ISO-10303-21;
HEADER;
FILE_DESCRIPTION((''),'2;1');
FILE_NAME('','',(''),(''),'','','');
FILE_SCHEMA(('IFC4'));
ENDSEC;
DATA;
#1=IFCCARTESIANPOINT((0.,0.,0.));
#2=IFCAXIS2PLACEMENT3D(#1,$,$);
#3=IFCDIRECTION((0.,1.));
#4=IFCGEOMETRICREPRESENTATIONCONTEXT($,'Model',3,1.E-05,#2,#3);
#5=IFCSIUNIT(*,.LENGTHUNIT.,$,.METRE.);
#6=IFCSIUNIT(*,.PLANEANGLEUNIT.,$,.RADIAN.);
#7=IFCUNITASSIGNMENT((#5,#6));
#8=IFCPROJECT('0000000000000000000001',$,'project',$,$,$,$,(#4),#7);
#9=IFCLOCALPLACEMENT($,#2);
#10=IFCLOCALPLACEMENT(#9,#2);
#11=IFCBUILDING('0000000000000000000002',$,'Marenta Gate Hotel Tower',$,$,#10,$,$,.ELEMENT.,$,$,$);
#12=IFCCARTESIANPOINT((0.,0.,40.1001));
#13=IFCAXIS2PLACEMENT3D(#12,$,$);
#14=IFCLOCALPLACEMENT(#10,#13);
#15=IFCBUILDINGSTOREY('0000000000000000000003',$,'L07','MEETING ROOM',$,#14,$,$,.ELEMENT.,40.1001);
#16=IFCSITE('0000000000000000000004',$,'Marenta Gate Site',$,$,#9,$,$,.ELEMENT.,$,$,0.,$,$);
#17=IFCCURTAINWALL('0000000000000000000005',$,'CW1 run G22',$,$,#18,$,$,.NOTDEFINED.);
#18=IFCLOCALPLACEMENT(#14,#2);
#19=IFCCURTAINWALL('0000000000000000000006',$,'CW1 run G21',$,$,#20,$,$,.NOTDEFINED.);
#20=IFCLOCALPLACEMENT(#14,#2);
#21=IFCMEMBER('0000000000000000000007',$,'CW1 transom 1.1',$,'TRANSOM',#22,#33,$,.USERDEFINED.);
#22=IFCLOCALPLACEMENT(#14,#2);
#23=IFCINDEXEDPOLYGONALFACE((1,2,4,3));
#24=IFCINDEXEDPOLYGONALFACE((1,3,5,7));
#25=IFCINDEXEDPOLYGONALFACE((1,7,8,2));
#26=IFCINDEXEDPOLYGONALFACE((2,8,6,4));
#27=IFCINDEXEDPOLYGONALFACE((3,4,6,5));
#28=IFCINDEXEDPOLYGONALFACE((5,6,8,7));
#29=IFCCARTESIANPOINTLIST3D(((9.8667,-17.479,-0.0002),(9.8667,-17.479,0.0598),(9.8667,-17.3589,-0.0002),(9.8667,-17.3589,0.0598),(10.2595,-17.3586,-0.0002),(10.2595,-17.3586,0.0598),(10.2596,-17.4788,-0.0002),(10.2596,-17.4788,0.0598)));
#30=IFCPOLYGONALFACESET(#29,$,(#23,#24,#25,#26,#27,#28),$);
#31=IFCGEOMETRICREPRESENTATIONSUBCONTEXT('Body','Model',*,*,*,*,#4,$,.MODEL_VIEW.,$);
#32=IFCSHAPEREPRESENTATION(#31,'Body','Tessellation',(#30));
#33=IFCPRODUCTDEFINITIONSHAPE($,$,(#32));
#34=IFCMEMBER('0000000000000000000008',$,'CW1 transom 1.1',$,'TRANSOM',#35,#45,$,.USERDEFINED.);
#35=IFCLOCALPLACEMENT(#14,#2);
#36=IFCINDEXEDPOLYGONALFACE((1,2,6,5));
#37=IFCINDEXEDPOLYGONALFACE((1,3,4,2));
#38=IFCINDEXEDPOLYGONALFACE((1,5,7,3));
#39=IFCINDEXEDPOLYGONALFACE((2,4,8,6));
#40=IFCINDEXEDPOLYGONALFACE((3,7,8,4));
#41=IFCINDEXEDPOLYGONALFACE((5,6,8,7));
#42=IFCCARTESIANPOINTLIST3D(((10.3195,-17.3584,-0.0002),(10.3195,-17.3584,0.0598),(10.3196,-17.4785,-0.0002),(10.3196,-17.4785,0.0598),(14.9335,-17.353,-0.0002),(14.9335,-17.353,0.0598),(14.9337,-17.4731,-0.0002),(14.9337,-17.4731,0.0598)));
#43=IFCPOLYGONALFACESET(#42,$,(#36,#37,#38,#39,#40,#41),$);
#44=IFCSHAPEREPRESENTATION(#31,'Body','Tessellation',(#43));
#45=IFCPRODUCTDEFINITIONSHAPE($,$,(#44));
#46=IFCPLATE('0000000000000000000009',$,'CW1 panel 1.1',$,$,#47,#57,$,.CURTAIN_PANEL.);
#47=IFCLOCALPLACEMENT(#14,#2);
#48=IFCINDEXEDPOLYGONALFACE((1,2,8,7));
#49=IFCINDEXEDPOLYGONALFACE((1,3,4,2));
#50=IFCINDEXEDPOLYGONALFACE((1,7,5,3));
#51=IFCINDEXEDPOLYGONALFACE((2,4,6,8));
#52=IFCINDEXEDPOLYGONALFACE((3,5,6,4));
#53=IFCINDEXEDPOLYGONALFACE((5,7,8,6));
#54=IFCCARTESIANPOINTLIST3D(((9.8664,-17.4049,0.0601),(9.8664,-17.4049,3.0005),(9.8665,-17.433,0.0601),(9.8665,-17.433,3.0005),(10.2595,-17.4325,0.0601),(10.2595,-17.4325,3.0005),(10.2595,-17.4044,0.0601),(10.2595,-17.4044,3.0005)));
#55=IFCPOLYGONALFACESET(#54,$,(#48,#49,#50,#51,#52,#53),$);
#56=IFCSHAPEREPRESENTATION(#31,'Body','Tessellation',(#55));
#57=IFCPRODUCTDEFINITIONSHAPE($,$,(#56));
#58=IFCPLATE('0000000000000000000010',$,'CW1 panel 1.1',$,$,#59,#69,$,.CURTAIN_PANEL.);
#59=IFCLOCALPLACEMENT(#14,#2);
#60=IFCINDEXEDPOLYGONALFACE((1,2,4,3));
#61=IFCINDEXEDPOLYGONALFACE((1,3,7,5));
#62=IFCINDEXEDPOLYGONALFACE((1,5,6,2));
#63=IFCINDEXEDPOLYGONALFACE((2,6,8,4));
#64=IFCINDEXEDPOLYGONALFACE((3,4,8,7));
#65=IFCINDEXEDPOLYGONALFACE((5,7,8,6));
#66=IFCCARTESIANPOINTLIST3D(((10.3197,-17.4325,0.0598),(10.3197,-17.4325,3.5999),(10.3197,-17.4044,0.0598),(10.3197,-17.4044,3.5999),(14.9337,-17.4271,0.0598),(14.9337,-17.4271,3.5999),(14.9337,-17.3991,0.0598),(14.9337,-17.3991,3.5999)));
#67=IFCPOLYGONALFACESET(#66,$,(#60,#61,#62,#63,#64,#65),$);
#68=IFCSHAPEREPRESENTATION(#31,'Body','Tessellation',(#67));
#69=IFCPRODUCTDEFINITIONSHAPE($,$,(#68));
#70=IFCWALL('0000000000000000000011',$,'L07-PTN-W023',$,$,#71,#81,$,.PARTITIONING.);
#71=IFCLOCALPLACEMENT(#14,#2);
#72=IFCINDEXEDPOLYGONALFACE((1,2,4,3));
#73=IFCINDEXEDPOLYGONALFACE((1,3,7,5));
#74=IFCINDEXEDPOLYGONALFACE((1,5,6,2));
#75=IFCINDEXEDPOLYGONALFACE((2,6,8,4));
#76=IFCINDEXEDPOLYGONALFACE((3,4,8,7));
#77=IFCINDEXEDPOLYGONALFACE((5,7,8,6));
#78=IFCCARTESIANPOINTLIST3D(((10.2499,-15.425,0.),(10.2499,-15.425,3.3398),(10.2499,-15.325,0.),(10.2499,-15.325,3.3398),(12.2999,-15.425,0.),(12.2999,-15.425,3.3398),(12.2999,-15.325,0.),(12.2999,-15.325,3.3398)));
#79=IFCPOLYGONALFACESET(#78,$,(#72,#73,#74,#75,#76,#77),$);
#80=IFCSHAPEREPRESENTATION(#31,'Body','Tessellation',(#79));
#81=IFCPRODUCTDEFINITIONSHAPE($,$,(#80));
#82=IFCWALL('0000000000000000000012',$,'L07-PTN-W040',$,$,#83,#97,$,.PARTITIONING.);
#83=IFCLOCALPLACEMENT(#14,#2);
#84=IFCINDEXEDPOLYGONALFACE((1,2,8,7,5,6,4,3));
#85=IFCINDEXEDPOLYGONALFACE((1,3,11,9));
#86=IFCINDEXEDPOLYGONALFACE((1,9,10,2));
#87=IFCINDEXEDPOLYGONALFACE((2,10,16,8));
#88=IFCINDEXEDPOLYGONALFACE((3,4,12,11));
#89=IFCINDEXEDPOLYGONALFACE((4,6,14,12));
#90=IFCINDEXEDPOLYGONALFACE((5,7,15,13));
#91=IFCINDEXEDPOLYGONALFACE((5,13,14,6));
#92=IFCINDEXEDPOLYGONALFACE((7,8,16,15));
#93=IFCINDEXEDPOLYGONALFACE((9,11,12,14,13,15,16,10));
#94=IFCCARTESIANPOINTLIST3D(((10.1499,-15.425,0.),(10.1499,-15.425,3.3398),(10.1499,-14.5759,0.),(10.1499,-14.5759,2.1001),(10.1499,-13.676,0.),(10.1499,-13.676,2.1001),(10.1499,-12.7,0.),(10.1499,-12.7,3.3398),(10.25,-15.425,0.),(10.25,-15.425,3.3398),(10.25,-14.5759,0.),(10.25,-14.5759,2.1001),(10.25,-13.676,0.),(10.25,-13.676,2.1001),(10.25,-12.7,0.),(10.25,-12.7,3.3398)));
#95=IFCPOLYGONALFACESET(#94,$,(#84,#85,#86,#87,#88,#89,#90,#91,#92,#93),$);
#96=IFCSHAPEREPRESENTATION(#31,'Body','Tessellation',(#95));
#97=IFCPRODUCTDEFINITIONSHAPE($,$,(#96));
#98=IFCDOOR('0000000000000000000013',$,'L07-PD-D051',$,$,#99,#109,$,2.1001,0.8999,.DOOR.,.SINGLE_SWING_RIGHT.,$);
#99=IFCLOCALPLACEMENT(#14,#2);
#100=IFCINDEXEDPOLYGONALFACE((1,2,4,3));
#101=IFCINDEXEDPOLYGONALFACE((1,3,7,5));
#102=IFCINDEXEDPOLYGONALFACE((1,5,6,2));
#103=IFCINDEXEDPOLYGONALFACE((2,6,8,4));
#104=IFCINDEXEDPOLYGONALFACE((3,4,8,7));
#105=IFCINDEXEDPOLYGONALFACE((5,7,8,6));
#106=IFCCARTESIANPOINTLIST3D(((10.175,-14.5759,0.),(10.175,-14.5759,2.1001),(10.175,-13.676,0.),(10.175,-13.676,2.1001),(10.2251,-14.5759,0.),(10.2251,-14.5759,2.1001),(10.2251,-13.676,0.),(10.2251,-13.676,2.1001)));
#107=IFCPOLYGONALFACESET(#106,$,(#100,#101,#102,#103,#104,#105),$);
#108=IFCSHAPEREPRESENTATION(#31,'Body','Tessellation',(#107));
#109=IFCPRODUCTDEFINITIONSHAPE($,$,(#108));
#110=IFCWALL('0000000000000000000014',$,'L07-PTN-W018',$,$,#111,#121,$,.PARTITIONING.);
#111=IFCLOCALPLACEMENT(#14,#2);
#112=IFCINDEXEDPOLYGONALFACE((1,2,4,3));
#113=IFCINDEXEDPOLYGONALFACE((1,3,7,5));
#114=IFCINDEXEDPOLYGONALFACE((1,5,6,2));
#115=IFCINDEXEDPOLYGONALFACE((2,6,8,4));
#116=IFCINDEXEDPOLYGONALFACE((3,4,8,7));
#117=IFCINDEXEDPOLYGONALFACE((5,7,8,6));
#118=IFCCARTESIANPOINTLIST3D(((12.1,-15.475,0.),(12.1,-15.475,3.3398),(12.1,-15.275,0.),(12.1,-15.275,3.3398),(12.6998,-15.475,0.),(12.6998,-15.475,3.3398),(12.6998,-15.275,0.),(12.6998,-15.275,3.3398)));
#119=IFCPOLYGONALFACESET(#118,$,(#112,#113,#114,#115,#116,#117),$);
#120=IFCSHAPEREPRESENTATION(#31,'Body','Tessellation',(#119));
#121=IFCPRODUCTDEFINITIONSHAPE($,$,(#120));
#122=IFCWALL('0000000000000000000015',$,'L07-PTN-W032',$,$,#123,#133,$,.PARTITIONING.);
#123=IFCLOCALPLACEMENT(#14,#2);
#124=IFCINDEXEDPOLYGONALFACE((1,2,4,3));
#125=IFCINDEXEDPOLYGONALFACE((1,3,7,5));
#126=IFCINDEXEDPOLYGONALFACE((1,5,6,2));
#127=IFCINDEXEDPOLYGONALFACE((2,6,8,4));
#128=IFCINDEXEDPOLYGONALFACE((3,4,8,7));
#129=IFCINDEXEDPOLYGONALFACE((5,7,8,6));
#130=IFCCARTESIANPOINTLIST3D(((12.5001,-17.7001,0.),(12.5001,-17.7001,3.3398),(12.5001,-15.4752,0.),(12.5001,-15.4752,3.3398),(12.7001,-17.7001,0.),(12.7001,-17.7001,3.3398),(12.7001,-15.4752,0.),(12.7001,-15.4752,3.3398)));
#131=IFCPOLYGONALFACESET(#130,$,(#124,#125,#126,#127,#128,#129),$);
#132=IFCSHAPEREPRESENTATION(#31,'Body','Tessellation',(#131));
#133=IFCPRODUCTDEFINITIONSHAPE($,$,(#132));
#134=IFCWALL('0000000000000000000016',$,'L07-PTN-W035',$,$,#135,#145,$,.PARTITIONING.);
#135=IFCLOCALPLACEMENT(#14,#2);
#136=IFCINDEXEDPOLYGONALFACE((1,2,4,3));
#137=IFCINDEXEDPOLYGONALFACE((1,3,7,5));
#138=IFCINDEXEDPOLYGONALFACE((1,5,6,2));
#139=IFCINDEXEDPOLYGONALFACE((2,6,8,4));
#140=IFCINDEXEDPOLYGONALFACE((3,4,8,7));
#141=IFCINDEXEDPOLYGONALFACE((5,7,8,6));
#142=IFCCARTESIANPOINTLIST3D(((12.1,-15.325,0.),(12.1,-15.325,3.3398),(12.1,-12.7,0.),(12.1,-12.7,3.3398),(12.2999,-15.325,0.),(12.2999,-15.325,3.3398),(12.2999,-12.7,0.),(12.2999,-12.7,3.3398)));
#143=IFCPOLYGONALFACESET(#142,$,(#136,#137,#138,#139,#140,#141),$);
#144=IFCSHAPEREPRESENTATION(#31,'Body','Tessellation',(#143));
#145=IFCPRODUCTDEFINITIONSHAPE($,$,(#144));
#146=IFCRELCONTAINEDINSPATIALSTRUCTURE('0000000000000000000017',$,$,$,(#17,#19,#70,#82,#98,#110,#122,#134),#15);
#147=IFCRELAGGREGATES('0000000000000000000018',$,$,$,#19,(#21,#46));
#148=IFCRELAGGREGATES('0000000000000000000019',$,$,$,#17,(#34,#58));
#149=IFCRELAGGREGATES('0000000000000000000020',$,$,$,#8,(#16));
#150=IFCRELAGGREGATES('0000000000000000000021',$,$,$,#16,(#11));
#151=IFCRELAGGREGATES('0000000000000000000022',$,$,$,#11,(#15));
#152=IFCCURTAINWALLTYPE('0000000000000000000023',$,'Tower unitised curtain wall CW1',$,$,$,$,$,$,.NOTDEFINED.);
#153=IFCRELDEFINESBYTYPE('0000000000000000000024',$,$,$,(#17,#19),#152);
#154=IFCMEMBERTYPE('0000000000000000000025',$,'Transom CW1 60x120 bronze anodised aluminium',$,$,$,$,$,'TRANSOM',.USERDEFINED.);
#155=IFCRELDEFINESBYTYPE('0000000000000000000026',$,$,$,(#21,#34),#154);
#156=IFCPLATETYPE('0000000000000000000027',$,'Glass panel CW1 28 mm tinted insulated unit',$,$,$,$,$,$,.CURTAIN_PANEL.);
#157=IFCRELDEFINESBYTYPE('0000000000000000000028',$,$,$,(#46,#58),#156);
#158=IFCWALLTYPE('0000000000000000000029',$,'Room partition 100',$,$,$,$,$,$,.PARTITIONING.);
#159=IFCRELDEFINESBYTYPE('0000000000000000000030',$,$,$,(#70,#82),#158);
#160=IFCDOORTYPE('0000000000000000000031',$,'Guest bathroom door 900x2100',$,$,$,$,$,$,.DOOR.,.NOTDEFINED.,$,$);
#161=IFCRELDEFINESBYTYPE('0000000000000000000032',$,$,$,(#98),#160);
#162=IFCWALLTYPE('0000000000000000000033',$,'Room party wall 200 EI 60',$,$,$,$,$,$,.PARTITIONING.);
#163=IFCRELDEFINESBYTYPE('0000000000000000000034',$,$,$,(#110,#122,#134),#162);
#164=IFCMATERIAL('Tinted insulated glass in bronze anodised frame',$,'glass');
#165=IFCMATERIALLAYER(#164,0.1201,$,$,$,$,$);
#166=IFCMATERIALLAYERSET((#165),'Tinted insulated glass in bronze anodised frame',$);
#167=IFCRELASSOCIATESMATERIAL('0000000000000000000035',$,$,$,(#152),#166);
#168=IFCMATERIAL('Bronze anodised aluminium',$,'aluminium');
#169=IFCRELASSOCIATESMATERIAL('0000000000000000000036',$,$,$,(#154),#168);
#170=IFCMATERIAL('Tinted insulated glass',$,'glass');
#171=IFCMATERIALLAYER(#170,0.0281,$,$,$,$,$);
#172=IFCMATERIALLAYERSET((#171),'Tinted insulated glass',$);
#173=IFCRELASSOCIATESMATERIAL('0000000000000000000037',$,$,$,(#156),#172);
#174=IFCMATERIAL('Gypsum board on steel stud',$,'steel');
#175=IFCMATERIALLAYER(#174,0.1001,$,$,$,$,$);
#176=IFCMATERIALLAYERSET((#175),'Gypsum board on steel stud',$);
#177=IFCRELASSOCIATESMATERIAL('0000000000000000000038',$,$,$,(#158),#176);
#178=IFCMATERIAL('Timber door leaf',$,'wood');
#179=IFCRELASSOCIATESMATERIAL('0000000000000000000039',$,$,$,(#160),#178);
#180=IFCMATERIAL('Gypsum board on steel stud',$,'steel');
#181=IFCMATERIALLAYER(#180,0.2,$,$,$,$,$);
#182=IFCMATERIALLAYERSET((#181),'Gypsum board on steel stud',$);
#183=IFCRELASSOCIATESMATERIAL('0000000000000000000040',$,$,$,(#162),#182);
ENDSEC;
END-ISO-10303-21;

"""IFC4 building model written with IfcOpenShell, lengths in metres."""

from ifc_helpers import new_model, si_unit, direction, frame, frame_2d, origin, origin_2d, place, context, subcontext, project, spatial, rectangle, extrude, material, layer, layer_set, material_profile, profile_set, type_object, element, fill, aggregate, save


model = new_model("IFC4")

# Units and contexts
model_context = context("Model", 3, precision=1e-05, world=origin(), true_north=direction((0.0, 1.0)))
body_context = subcontext(model_context, "Body", "Model", "MODEL_VIEW")
ifc_project = project(units=[si_unit("LENGTHUNIT", "METRE"), si_unit("PLANEANGLEUNIT", "RADIAN")], contexts=[model_context])

# Site, building, storey
site_placement = place(None, origin())
site = spatial("IfcSite", under=ifc_project, at=site_placement, Name="Marenta Gate Site", CompositionType="ELEMENT", RefElevation=0.0)
building_placement = place(site_placement, origin())
building = spatial("IfcBuilding", under=site, at=building_placement, Name="Marenta Gate Hotel Tower", CompositionType="ELEMENT")
storey_placement = place(building_placement, frame((0.0, 0.0, 40.1001)))
storey = spatial("IfcBuildingStorey", under=building, at=storey_placement, Name="L07", Description="MEETING ROOM", CompositionType="ELEMENT", Elevation=40.1001)

# Curtain wall
ifc_material_1 = material(Name="Tinted insulated glass in bronze anodised frame", Category="glass")
ifc_layer_1 = layer(ifc_material_1, 0.1201)
ifc_layer_set_1 = layer_set([ifc_layer_1], Name="Tinted insulated glass in bronze anodised frame")
curtain_wall_type = type_object("IfcCurtainWallType", Name="Tower unitised curtain wall CW1", PredefinedType="NOTDEFINED", material=ifc_layer_set_1)
curtain_wall_1_placement = place(storey_placement, origin())
curtain_wall_1 = element("IfcCurtainWall", 1, at=curtain_wall_1_placement, inside=storey, type_object=curtain_wall_type, Name="CW1 run G22", PredefinedType="NOTDEFINED")

# Curtain wall, member
curtain_wall_2_placement = place(storey_placement, origin())
curtain_wall_2 = element("IfcCurtainWall", 2, at=curtain_wall_2_placement, inside=storey, type_object=curtain_wall_type, Name="CW1 run G21", PredefinedType="NOTDEFINED")
ifc_material_2 = material(Name="Bronze anodised aluminium", Category="aluminium")
ifc_material_profile_1 = material_profile(ifc_material_2, rectangle(XDim=0.1201, YDim=0.0601, at=origin_2d()), Name="Transom CW1 60x120 bronze anodised aluminium")
ifc_profile_set_1 = profile_set([ifc_material_profile_1], Name="Bronze anodised aluminium")
member_type_1 = type_object("IfcMemberType", Name="Transom CW1 60x120 bronze anodised aluminium", ElementType="TRANSOM", PredefinedType="USERDEFINED", material=ifc_profile_set_1)
member_1_placement = place(storey_placement, frame((9.8667, -17.4189, 0.0298), z_axis=(1.0, 0.000622, 0.0), x_axis=(-0.000622, 1.0, 0.0)))
member_1 = element("IfcMember", 3, at=member_1_placement, type_object=member_type_1, Name="CW1 transom 1.1", ObjectType="TRANSOM", PredefinedType="USERDEFINED", context=body_context, shape_type="SweptSolid", body=[
    extrude(rectangle(XDim=0.1201, YDim=0.0601, at=origin_2d()), origin(), (0.0, 0.0, 1.0), 0.3928),
])

# Member
member_2_placement = place(storey_placement, frame((10.3196, -17.4185, 0.0298), z_axis=(0.999999, 0.001164, 0.0), x_axis=(-0.001164, 0.999999, 0.0)))
member_2 = element("IfcMember", 4, at=member_2_placement, type_object=member_type_1, Name="CW1 transom 1.1", ObjectType="TRANSOM", PredefinedType="USERDEFINED", context=body_context, shape_type="SweptSolid", body=[
    extrude(rectangle(XDim=0.1201, YDim=0.0601, at=origin_2d()), origin(), (0.0, 0.0, 1.0), 4.614),
])

# Plates
ifc_material_3 = material(Name="Tinted insulated glass", Category="glass")
ifc_layer_2 = layer(ifc_material_3, 0.0281)
ifc_layer_set_2 = layer_set([ifc_layer_2], Name="Tinted insulated glass")
plate_type = type_object("IfcPlateType", Name="Glass panel CW1 28 mm tinted insulated unit", PredefinedType="CURTAIN_PANEL", material=ifc_layer_set_2)
plate_1_placement = place(storey_placement, frame((10.063, -17.4187, 0.0601), z_axis=(0.0, 0.0, 1.0), x_axis=(0.999999, 0.001104, 0.0)))
plate_1 = element("IfcPlate", 5, at=plate_1_placement, type_object=plate_type, Name="CW1 panel 1.1", PredefinedType="CURTAIN_PANEL", context=body_context, shape_type="SweptSolid", body=[
    extrude(rectangle(XDim=0.3931, YDim=0.0281, at=origin_2d()), origin(), (0.0, 0.0, 1.0), 2.9404),
])
aggregate(curtain_wall_2, [member_1, plate_1])
plate_2_placement = place(storey_placement, frame((12.6267, -17.4158, 0.0598), z_axis=(0.0, 0.0, 1.0), x_axis=(0.999999, 0.001162, 0.0)))
plate_2 = element("IfcPlate", 6, at=plate_2_placement, type_object=plate_type, Name="CW1 panel 1.1", PredefinedType="CURTAIN_PANEL", context=body_context, shape_type="SweptSolid", body=[
    extrude(rectangle(XDim=4.614, YDim=0.0281, at=origin_2d()), origin(), (0.0, 0.0, 1.0), 3.54),
])
aggregate(curtain_wall_1, [member_2, plate_2])

# Wall
ifc_material_4 = material(Name="Gypsum board on steel stud", Category="steel")
ifc_layer_3 = layer(ifc_material_4, 0.1001)
ifc_layer_set_3 = layer_set([ifc_layer_3], Name="Gypsum board on steel stud")
wall_type_1 = type_object("IfcWallType", Name="Room partition 100", PredefinedType="PARTITIONING", material=ifc_layer_set_3)
wall_1_placement = place(storey_placement, frame((10.25, -15.375, 0.0), z_axis=(0.0, 0.0, 1.0), x_axis=(1.0, 0.0, 0.0)))
element("IfcWall", 7, at=wall_1_placement, inside=storey, type_object=wall_type_1, Name="L07-PTN-W023", PredefinedType="PARTITIONING", context=body_context, shape_type="SweptSolid", body=[
    extrude(rectangle(XDim=2.05, YDim=0.1001, at=frame_2d((1.0249, 0.0))), origin(), (0.0, 0.0, 1.0), 3.3398),
])

# Wall, opening, door
wall_2_placement = place(storey_placement, frame((10.2, -15.425, 0.0), z_axis=(0.0, 0.0, 1.0), x_axis=(0.0, 1.0, 0.0)))
wall_2 = element("IfcWall", 8, at=wall_2_placement, inside=storey, type_object=wall_type_1, Name="L07-PTN-W040", PredefinedType="PARTITIONING", context=body_context, shape_type="SweptSolid", body=[
    extrude(rectangle(XDim=2.7251, YDim=0.1001, at=frame_2d((1.3625, 0.0))), origin(), (0.0, 0.0, 1.0), 3.3398),
])
opening_placement = place(wall_2_placement, frame((0.8491, 0.0, 0.0)))
opening = element("IfcOpeningElement", 9, at=opening_placement, cuts=wall_2, PredefinedType="OPENING", context=body_context, shape_type="SweptSolid", body=[
    extrude(rectangle(XDim=0.8999, YDim=2.1001, at=frame_2d((0.45, 1.05))), frame((0.0, 0.05, 0.0), z_axis=(0.0, -1.0, 0.0), x_axis=(1.0, 0.0, 0.0)), (0.0, 0.0, 1.0), 0.1001),
])
ifc_material_5 = material(Name="Timber door leaf", Category="wood")
door_type = type_object("IfcDoorType", Name="Guest bathroom door 900x2100", OperationType="NOTDEFINED", PredefinedType="DOOR", material=ifc_material_5)
door_placement = place(opening_placement, origin())
door = element("IfcDoor", 10, at=door_placement, inside=storey, type_object=door_type, Name="L07-PD-D051", OperationType="SINGLE_SWING_RIGHT", OverallHeight=2.1001, OverallWidth=0.8999, PredefinedType="DOOR", context=body_context, shape_type="SweptSolid", body=[
    extrude(rectangle(XDim=0.8999, YDim=2.1001, at=frame_2d((0.45, 1.05))), frame((0.0, 0.0249, 0.0), z_axis=(0.0, -1.0, 0.0), x_axis=(1.0, 0.0, 0.0)), (0.0, 0.0, 1.0), 0.05),
])
fill(opening, door)

# Walls
ifc_material_6 = material(Name="Gypsum board on steel stud", Category="steel")
ifc_layer_4 = layer(ifc_material_6, 0.2)
ifc_layer_set_4 = layer_set([ifc_layer_4], Name="Gypsum board on steel stud")
wall_type_2 = type_object("IfcWallType", Name="Room party wall 200 EI 60", PredefinedType="PARTITIONING", material=ifc_layer_set_4)
wall_3_placement = place(storey_placement, frame((12.1001, -15.375, 0.0), z_axis=(0.0, 0.0, 1.0), x_axis=(1.0, 0.0, 0.0)))
element("IfcWall", 11, at=wall_3_placement, inside=storey, type_object=wall_type_2, Name="L07-PTN-W018", PredefinedType="PARTITIONING", context=body_context, shape_type="SweptSolid", body=[
    extrude(rectangle(XDim=0.5999, YDim=0.2, at=frame_2d((0.2998, 0.0))), origin(), (0.0, 0.0, 1.0), 3.3398),
])
wall_4_placement = place(storey_placement, frame((12.6001, -17.7, 0.0), z_axis=(0.0, 0.0, 1.0), x_axis=(0.0, 1.0, 0.0)))
element("IfcWall", 12, at=wall_4_placement, inside=storey, type_object=wall_type_2, Name="L07-PTN-W032", PredefinedType="PARTITIONING", context=body_context, shape_type="SweptSolid", body=[
    extrude(rectangle(XDim=2.2249, YDim=0.2, at=frame_2d((1.1123, 0.0))), origin(), (0.0, 0.0, 1.0), 3.3398),
])
wall_5_placement = place(storey_placement, frame((12.2, -15.325, 0.0), z_axis=(0.0, 0.0, 1.0), x_axis=(0.0, 1.0, 0.0)))
element("IfcWall", 13, at=wall_5_placement, inside=storey, type_object=wall_type_2, Name="L07-PTN-W035", PredefinedType="PARTITIONING", context=body_context, shape_type="SweptSolid", body=[
    extrude(rectangle(XDim=2.625, YDim=0.2, at=frame_2d((1.3125, 0.0))), origin(), (0.0, 0.0, 1.0), 3.3398),
])

save(model, "model.ifc")
